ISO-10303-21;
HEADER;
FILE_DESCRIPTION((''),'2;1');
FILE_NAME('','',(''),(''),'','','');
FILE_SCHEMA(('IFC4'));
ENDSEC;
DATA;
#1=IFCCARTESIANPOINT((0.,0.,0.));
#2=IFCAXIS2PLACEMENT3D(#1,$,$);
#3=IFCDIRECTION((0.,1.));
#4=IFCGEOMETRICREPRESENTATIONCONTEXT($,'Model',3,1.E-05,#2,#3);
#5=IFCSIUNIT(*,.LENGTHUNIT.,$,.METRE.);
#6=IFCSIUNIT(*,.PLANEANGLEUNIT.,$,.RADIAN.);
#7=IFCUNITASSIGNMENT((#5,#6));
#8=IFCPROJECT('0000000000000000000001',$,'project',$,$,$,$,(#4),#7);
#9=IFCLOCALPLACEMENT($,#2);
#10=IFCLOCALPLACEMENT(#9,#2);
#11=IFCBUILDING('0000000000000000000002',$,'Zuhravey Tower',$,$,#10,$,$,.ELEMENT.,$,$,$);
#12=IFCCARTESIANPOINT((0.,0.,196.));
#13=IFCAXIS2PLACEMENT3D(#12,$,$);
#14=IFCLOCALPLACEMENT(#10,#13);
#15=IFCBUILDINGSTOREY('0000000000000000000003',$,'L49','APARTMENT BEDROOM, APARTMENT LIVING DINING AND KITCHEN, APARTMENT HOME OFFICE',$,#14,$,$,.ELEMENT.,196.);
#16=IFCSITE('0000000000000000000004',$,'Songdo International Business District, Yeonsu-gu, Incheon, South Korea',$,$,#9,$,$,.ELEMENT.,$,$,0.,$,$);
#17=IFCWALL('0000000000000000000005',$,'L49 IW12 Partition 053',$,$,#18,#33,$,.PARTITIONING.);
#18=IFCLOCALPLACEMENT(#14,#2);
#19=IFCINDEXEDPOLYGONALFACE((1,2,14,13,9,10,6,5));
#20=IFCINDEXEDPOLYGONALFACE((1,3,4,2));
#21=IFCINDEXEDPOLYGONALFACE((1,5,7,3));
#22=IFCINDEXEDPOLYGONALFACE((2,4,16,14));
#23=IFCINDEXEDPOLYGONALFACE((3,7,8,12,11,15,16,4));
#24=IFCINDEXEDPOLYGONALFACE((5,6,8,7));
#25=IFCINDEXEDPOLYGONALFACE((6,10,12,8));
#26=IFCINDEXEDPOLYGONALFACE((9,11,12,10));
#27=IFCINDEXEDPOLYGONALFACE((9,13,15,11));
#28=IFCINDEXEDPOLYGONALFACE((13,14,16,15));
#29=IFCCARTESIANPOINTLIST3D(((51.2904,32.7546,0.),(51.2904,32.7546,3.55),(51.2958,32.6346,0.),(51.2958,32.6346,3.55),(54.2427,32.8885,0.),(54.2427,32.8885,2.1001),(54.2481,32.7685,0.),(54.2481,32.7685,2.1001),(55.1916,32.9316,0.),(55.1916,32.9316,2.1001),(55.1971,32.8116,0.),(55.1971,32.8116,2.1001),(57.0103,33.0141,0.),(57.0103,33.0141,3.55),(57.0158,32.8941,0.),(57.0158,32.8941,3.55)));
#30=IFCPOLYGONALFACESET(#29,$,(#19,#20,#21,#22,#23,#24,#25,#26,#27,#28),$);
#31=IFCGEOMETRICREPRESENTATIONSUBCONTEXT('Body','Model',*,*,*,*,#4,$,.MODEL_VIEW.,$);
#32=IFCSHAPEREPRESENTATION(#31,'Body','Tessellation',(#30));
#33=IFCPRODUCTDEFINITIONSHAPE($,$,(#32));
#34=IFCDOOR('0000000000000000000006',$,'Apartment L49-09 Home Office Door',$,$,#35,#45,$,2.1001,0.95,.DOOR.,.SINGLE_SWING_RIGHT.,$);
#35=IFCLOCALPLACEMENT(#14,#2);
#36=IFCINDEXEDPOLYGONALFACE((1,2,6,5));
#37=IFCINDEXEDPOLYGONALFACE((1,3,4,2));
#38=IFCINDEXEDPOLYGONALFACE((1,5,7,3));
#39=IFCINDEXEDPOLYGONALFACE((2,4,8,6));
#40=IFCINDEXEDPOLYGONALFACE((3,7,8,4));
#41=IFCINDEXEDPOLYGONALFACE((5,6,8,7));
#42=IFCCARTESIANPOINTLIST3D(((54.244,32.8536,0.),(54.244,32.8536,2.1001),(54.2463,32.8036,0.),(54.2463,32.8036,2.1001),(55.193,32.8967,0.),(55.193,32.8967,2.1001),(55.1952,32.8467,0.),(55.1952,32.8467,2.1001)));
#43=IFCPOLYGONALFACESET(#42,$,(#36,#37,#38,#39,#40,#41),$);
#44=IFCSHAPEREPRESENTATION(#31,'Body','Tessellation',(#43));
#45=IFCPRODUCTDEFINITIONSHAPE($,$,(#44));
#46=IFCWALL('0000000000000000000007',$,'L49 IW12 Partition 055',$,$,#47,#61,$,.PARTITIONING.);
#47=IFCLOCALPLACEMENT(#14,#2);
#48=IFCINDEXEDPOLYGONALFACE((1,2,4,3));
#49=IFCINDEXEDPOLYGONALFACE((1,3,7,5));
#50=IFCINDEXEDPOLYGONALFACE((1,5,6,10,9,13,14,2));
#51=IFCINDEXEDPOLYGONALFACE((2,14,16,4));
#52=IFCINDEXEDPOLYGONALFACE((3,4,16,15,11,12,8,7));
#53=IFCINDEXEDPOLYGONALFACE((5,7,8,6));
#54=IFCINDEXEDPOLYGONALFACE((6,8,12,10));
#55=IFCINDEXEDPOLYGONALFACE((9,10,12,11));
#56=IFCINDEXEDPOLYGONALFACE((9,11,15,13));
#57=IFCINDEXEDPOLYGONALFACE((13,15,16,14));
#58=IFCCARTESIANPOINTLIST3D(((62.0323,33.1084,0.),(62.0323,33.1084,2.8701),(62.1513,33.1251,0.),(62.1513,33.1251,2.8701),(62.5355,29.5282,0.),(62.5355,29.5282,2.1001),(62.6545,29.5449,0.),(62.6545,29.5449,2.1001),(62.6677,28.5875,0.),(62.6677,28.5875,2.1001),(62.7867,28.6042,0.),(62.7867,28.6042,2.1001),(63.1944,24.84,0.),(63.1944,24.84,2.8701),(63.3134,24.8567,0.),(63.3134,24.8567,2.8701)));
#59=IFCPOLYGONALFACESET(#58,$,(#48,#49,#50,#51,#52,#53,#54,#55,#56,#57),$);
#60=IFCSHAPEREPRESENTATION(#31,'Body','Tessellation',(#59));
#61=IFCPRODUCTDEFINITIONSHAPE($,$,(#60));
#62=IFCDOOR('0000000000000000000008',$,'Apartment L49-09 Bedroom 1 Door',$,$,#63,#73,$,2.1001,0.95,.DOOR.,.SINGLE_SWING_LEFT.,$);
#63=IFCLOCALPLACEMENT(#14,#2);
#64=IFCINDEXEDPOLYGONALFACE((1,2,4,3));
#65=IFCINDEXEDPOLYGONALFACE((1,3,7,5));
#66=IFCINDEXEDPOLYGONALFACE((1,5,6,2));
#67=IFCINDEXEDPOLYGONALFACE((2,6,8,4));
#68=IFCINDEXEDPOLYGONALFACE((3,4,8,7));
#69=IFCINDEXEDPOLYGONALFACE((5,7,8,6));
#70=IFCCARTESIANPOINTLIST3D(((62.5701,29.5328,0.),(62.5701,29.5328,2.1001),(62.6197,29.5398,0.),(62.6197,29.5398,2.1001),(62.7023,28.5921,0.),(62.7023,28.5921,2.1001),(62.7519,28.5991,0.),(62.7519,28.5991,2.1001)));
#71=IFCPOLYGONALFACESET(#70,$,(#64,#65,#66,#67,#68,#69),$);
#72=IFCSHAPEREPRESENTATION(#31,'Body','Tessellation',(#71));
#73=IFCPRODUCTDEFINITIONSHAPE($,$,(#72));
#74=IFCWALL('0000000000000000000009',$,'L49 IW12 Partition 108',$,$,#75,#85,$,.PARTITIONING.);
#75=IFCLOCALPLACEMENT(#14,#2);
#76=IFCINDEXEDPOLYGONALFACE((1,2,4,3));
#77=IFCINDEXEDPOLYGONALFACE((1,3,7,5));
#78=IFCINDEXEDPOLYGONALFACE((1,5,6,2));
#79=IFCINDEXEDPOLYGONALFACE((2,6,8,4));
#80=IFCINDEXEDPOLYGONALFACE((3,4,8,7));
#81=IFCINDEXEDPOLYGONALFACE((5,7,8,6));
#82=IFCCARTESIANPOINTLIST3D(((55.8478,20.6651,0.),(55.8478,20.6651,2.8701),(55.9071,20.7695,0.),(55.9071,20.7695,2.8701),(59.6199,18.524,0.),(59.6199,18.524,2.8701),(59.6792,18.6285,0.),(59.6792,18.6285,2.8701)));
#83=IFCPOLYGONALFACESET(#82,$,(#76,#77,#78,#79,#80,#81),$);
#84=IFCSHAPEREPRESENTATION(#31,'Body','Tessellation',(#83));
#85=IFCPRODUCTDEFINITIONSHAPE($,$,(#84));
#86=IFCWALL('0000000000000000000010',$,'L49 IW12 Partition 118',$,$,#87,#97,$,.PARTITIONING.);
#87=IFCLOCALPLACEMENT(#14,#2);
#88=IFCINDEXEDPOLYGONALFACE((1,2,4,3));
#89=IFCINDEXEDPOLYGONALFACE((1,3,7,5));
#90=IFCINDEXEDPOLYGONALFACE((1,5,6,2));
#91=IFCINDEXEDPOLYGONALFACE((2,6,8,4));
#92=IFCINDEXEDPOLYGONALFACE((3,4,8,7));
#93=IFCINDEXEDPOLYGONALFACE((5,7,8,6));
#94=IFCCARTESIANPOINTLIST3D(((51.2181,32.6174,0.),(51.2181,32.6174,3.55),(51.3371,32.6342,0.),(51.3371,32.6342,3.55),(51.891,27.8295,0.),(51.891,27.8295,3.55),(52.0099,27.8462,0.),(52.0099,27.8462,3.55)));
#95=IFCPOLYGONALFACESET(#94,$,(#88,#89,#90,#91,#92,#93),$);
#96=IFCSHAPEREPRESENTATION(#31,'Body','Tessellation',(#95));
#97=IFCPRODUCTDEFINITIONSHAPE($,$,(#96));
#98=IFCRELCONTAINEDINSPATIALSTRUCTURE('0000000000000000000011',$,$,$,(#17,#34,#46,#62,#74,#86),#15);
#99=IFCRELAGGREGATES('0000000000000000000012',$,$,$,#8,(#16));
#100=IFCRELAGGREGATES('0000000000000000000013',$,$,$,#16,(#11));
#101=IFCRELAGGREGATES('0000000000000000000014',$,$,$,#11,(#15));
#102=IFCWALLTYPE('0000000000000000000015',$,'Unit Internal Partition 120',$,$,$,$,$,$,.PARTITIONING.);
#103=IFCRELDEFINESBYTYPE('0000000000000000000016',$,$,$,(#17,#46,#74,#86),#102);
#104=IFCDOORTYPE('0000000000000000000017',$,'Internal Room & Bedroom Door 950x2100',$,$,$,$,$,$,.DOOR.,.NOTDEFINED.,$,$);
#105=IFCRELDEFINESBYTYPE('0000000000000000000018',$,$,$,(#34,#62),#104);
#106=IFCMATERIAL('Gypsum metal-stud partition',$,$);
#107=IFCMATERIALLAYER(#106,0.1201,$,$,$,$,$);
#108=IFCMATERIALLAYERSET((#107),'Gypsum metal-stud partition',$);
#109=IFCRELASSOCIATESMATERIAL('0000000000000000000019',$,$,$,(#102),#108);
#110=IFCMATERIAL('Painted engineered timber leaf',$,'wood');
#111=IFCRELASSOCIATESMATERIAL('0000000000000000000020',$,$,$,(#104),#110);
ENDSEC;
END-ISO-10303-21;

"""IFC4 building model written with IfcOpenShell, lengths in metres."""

from ifc_helpers import new_model, si_unit, direction, frame, frame_2d, origin, place, context, subcontext, project, spatial, rectangle, extrude, material, layer, layer_set, type_object, element, fill, save


model = new_model("IFC4")

# Units and contexts
model_context = context("Model", 3, precision=1e-05, world=origin(), true_north=direction((0.0, 1.0)))
body_context = subcontext(model_context, "Body", "Model", "MODEL_VIEW")
ifc_project = project(units=[si_unit("LENGTHUNIT", "METRE"), si_unit("PLANEANGLEUNIT", "RADIAN")], contexts=[model_context])

# Site, building, storey
site_placement = place(None, origin())
site = spatial("IfcSite", under=ifc_project, at=site_placement, Name="Songdo International Business District, Yeonsu-gu, Incheon, South Korea", CompositionType="ELEMENT", RefElevation=0.0)
building_placement = place(site_placement, origin())
building = spatial("IfcBuilding", under=site, at=building_placement, Name="Zuhravey Tower", CompositionType="ELEMENT")
storey_placement = place(building_placement, frame((0.0, 0.0, 196.0)))
storey = spatial("IfcBuildingStorey", under=building, at=storey_placement, Name="L49", Description="APARTMENT BEDROOM, APARTMENT LIVING DINING AND KITCHEN, APARTMENT HOME OFFICE", CompositionType="ELEMENT", Elevation=196.0)

# Shared definitions
ifc_material_1 = material(Name="Gypsum metal-stud partition")
ifc_layer_1 = layer(ifc_material_1, 0.1201)
ifc_layer_set_1 = layer_set([ifc_layer_1], Name="Gypsum metal-stud partition")
wall_type_1 = type_object("IfcWallType", Name="Unit Internal Partition 120", PredefinedType="PARTITIONING", material=ifc_layer_set_1)
ifc_material_2 = material(Name="Painted engineered timber leaf", Category="wood")
door_type = type_object("IfcDoorType", Name="Internal Room & Bedroom Door 950x2100", OperationType="NOTDEFINED", PredefinedType="DOOR", material=ifc_material_2)

# Walls, openings, doors
wall_1_placement = place(storey_placement, frame((51.2932, 32.6946, 0.0), z_axis=(0.0, 0.0, 1.0), x_axis=(0.998972, 0.045324, 0.0)))
wall_1 = element("IfcWall", 1, at=wall_1_placement, inside=storey, type_object=wall_type_1, Name="L49 IW12 Partition 053", PredefinedType="PARTITIONING", context=body_context, shape_type="SweptSolid", body=[
    extrude(rectangle(XDim=5.7258, YDim=0.1201, at=frame_2d((2.8628, 0.0))), origin(), (0.0, 0.0, 1.0), 3.55),
])
opening_1_placement = place(wall_1_placement, frame((2.9551, 0.0, 0.0)))
opening_1 = element("IfcOpeningElement", 2, at=opening_1_placement, cuts=wall_1, PredefinedType="OPENING", context=body_context, shape_type="SweptSolid", body=[
    extrude(rectangle(XDim=0.95, YDim=2.1001, at=frame_2d((0.4751, 1.05))), frame((0.0, 0.072, 0.0), z_axis=(0.0, -1.0, 0.0), x_axis=(1.0, 0.0, 0.0)), (0.0, 0.0, 1.0), 0.144),
])
door_1_placement = place(opening_1_placement, frame((0.95, 0.0, 0.0), z_axis=(0.0, 0.0, 1.0), x_axis=(-1.0, 0.0, 0.0)))
door_1 = element("IfcDoor", 3, at=door_1_placement, inside=storey, type_object=door_type, Name="Apartment L49-09 Home Office Door", OperationType="SINGLE_SWING_RIGHT", OverallHeight=2.1001, OverallWidth=0.95, PredefinedType="DOOR", context=body_context, shape_type="SweptSolid", body=[
    extrude(rectangle(XDim=0.95, YDim=2.1001, at=frame_2d((0.4751, 1.05))), frame((0.0, 0.0249, 0.0), z_axis=(0.0, -1.0, 0.0), x_axis=(1.0, 0.0, 0.0)), (0.0, 0.0, 1.0), 0.05),
])
fill(opening_1, door_1)
wall_2_placement = place(storey_placement, frame((63.2539, 24.8484, 0.0), z_axis=(0.0, 0.0, 1.0), x_axis=(-0.139182, 0.990267, 0.0)))
wall_2 = element("IfcWall", 4, at=wall_2_placement, inside=storey, type_object=wall_type_1, Name="L49 IW12 Partition 055", PredefinedType="PARTITIONING", context=body_context, shape_type="SweptSolid", body=[
    extrude(rectangle(XDim=8.3496, YDim=0.1201, at=frame_2d((4.1748, 0.0))), origin(), (0.0, 0.0, 1.0), 2.8701),
])
opening_2_placement = place(wall_2_placement, frame((3.7842, 0.0, 0.0)))
opening_2 = element("IfcOpeningElement", 5, at=opening_2_placement, cuts=wall_2, PredefinedType="OPENING", context=body_context, shape_type="SweptSolid", body=[
    extrude(rectangle(XDim=0.95, YDim=2.1001, at=frame_2d((0.4751, 1.05))), frame((0.0, 0.072, 0.0), z_axis=(0.0, -1.0, 0.0), x_axis=(1.0, 0.0, 0.0)), (0.0, 0.0, 1.0), 0.144),
])
door_2_placement = place(opening_2_placement, frame((0.95, 0.0, 0.0), z_axis=(0.0, 0.0, 1.0), x_axis=(-1.0, 0.0, 0.0)))
door_2 = element("IfcDoor", 6, at=door_2_placement, inside=storey, type_object=door_type, Name="Apartment L49-09 Bedroom 1 Door", OperationType="SINGLE_SWING_LEFT", OverallHeight=2.1001, OverallWidth=0.95, PredefinedType="DOOR", context=body_context, shape_type="SweptSolid", body=[
    extrude(rectangle(XDim=0.95, YDim=2.1001, at=frame_2d((0.4751, 1.05))), frame((0.0, 0.0249, 0.0), z_axis=(0.0, -1.0, 0.0), x_axis=(1.0, 0.0, 0.0)), (0.0, 0.0, 1.0), 0.05),
])
fill(opening_2, door_2)

# Walls
wall_3_placement = place(storey_placement, frame((55.8774, 20.7173, 0.0), z_axis=(0.0, 0.0, 1.0), x_axis=(0.869674, -0.493627, 0.0)))
element("IfcWall", 7, at=wall_3_placement, inside=storey, type_object=wall_type_1, Name="L49 IW12 Partition 108", PredefinedType="PARTITIONING", context=body_context, shape_type="SweptSolid", body=[
    extrude(rectangle(XDim=4.3374, YDim=0.1201, at=frame_2d((2.1687, 0.0))), origin(), (0.0, 0.0, 1.0), 2.8701),
])
wall_4_placement = place(storey_placement, frame((51.9504, 27.8379, 0.0), z_axis=(0.0, 0.0, 1.0), x_axis=(-0.139166, 0.990269, 0.0)))
element("IfcWall", 8, at=wall_4_placement, inside=storey, type_object=wall_type_1, Name="L49 IW12 Partition 118", PredefinedType="PARTITIONING", context=body_context, shape_type="SweptSolid", body=[
    extrude(rectangle(XDim=4.835, YDim=0.1201, at=frame_2d((2.4175, 0.0))), origin(), (0.0, 0.0, 1.0), 3.55),
])

save(model, "model.ifc")
